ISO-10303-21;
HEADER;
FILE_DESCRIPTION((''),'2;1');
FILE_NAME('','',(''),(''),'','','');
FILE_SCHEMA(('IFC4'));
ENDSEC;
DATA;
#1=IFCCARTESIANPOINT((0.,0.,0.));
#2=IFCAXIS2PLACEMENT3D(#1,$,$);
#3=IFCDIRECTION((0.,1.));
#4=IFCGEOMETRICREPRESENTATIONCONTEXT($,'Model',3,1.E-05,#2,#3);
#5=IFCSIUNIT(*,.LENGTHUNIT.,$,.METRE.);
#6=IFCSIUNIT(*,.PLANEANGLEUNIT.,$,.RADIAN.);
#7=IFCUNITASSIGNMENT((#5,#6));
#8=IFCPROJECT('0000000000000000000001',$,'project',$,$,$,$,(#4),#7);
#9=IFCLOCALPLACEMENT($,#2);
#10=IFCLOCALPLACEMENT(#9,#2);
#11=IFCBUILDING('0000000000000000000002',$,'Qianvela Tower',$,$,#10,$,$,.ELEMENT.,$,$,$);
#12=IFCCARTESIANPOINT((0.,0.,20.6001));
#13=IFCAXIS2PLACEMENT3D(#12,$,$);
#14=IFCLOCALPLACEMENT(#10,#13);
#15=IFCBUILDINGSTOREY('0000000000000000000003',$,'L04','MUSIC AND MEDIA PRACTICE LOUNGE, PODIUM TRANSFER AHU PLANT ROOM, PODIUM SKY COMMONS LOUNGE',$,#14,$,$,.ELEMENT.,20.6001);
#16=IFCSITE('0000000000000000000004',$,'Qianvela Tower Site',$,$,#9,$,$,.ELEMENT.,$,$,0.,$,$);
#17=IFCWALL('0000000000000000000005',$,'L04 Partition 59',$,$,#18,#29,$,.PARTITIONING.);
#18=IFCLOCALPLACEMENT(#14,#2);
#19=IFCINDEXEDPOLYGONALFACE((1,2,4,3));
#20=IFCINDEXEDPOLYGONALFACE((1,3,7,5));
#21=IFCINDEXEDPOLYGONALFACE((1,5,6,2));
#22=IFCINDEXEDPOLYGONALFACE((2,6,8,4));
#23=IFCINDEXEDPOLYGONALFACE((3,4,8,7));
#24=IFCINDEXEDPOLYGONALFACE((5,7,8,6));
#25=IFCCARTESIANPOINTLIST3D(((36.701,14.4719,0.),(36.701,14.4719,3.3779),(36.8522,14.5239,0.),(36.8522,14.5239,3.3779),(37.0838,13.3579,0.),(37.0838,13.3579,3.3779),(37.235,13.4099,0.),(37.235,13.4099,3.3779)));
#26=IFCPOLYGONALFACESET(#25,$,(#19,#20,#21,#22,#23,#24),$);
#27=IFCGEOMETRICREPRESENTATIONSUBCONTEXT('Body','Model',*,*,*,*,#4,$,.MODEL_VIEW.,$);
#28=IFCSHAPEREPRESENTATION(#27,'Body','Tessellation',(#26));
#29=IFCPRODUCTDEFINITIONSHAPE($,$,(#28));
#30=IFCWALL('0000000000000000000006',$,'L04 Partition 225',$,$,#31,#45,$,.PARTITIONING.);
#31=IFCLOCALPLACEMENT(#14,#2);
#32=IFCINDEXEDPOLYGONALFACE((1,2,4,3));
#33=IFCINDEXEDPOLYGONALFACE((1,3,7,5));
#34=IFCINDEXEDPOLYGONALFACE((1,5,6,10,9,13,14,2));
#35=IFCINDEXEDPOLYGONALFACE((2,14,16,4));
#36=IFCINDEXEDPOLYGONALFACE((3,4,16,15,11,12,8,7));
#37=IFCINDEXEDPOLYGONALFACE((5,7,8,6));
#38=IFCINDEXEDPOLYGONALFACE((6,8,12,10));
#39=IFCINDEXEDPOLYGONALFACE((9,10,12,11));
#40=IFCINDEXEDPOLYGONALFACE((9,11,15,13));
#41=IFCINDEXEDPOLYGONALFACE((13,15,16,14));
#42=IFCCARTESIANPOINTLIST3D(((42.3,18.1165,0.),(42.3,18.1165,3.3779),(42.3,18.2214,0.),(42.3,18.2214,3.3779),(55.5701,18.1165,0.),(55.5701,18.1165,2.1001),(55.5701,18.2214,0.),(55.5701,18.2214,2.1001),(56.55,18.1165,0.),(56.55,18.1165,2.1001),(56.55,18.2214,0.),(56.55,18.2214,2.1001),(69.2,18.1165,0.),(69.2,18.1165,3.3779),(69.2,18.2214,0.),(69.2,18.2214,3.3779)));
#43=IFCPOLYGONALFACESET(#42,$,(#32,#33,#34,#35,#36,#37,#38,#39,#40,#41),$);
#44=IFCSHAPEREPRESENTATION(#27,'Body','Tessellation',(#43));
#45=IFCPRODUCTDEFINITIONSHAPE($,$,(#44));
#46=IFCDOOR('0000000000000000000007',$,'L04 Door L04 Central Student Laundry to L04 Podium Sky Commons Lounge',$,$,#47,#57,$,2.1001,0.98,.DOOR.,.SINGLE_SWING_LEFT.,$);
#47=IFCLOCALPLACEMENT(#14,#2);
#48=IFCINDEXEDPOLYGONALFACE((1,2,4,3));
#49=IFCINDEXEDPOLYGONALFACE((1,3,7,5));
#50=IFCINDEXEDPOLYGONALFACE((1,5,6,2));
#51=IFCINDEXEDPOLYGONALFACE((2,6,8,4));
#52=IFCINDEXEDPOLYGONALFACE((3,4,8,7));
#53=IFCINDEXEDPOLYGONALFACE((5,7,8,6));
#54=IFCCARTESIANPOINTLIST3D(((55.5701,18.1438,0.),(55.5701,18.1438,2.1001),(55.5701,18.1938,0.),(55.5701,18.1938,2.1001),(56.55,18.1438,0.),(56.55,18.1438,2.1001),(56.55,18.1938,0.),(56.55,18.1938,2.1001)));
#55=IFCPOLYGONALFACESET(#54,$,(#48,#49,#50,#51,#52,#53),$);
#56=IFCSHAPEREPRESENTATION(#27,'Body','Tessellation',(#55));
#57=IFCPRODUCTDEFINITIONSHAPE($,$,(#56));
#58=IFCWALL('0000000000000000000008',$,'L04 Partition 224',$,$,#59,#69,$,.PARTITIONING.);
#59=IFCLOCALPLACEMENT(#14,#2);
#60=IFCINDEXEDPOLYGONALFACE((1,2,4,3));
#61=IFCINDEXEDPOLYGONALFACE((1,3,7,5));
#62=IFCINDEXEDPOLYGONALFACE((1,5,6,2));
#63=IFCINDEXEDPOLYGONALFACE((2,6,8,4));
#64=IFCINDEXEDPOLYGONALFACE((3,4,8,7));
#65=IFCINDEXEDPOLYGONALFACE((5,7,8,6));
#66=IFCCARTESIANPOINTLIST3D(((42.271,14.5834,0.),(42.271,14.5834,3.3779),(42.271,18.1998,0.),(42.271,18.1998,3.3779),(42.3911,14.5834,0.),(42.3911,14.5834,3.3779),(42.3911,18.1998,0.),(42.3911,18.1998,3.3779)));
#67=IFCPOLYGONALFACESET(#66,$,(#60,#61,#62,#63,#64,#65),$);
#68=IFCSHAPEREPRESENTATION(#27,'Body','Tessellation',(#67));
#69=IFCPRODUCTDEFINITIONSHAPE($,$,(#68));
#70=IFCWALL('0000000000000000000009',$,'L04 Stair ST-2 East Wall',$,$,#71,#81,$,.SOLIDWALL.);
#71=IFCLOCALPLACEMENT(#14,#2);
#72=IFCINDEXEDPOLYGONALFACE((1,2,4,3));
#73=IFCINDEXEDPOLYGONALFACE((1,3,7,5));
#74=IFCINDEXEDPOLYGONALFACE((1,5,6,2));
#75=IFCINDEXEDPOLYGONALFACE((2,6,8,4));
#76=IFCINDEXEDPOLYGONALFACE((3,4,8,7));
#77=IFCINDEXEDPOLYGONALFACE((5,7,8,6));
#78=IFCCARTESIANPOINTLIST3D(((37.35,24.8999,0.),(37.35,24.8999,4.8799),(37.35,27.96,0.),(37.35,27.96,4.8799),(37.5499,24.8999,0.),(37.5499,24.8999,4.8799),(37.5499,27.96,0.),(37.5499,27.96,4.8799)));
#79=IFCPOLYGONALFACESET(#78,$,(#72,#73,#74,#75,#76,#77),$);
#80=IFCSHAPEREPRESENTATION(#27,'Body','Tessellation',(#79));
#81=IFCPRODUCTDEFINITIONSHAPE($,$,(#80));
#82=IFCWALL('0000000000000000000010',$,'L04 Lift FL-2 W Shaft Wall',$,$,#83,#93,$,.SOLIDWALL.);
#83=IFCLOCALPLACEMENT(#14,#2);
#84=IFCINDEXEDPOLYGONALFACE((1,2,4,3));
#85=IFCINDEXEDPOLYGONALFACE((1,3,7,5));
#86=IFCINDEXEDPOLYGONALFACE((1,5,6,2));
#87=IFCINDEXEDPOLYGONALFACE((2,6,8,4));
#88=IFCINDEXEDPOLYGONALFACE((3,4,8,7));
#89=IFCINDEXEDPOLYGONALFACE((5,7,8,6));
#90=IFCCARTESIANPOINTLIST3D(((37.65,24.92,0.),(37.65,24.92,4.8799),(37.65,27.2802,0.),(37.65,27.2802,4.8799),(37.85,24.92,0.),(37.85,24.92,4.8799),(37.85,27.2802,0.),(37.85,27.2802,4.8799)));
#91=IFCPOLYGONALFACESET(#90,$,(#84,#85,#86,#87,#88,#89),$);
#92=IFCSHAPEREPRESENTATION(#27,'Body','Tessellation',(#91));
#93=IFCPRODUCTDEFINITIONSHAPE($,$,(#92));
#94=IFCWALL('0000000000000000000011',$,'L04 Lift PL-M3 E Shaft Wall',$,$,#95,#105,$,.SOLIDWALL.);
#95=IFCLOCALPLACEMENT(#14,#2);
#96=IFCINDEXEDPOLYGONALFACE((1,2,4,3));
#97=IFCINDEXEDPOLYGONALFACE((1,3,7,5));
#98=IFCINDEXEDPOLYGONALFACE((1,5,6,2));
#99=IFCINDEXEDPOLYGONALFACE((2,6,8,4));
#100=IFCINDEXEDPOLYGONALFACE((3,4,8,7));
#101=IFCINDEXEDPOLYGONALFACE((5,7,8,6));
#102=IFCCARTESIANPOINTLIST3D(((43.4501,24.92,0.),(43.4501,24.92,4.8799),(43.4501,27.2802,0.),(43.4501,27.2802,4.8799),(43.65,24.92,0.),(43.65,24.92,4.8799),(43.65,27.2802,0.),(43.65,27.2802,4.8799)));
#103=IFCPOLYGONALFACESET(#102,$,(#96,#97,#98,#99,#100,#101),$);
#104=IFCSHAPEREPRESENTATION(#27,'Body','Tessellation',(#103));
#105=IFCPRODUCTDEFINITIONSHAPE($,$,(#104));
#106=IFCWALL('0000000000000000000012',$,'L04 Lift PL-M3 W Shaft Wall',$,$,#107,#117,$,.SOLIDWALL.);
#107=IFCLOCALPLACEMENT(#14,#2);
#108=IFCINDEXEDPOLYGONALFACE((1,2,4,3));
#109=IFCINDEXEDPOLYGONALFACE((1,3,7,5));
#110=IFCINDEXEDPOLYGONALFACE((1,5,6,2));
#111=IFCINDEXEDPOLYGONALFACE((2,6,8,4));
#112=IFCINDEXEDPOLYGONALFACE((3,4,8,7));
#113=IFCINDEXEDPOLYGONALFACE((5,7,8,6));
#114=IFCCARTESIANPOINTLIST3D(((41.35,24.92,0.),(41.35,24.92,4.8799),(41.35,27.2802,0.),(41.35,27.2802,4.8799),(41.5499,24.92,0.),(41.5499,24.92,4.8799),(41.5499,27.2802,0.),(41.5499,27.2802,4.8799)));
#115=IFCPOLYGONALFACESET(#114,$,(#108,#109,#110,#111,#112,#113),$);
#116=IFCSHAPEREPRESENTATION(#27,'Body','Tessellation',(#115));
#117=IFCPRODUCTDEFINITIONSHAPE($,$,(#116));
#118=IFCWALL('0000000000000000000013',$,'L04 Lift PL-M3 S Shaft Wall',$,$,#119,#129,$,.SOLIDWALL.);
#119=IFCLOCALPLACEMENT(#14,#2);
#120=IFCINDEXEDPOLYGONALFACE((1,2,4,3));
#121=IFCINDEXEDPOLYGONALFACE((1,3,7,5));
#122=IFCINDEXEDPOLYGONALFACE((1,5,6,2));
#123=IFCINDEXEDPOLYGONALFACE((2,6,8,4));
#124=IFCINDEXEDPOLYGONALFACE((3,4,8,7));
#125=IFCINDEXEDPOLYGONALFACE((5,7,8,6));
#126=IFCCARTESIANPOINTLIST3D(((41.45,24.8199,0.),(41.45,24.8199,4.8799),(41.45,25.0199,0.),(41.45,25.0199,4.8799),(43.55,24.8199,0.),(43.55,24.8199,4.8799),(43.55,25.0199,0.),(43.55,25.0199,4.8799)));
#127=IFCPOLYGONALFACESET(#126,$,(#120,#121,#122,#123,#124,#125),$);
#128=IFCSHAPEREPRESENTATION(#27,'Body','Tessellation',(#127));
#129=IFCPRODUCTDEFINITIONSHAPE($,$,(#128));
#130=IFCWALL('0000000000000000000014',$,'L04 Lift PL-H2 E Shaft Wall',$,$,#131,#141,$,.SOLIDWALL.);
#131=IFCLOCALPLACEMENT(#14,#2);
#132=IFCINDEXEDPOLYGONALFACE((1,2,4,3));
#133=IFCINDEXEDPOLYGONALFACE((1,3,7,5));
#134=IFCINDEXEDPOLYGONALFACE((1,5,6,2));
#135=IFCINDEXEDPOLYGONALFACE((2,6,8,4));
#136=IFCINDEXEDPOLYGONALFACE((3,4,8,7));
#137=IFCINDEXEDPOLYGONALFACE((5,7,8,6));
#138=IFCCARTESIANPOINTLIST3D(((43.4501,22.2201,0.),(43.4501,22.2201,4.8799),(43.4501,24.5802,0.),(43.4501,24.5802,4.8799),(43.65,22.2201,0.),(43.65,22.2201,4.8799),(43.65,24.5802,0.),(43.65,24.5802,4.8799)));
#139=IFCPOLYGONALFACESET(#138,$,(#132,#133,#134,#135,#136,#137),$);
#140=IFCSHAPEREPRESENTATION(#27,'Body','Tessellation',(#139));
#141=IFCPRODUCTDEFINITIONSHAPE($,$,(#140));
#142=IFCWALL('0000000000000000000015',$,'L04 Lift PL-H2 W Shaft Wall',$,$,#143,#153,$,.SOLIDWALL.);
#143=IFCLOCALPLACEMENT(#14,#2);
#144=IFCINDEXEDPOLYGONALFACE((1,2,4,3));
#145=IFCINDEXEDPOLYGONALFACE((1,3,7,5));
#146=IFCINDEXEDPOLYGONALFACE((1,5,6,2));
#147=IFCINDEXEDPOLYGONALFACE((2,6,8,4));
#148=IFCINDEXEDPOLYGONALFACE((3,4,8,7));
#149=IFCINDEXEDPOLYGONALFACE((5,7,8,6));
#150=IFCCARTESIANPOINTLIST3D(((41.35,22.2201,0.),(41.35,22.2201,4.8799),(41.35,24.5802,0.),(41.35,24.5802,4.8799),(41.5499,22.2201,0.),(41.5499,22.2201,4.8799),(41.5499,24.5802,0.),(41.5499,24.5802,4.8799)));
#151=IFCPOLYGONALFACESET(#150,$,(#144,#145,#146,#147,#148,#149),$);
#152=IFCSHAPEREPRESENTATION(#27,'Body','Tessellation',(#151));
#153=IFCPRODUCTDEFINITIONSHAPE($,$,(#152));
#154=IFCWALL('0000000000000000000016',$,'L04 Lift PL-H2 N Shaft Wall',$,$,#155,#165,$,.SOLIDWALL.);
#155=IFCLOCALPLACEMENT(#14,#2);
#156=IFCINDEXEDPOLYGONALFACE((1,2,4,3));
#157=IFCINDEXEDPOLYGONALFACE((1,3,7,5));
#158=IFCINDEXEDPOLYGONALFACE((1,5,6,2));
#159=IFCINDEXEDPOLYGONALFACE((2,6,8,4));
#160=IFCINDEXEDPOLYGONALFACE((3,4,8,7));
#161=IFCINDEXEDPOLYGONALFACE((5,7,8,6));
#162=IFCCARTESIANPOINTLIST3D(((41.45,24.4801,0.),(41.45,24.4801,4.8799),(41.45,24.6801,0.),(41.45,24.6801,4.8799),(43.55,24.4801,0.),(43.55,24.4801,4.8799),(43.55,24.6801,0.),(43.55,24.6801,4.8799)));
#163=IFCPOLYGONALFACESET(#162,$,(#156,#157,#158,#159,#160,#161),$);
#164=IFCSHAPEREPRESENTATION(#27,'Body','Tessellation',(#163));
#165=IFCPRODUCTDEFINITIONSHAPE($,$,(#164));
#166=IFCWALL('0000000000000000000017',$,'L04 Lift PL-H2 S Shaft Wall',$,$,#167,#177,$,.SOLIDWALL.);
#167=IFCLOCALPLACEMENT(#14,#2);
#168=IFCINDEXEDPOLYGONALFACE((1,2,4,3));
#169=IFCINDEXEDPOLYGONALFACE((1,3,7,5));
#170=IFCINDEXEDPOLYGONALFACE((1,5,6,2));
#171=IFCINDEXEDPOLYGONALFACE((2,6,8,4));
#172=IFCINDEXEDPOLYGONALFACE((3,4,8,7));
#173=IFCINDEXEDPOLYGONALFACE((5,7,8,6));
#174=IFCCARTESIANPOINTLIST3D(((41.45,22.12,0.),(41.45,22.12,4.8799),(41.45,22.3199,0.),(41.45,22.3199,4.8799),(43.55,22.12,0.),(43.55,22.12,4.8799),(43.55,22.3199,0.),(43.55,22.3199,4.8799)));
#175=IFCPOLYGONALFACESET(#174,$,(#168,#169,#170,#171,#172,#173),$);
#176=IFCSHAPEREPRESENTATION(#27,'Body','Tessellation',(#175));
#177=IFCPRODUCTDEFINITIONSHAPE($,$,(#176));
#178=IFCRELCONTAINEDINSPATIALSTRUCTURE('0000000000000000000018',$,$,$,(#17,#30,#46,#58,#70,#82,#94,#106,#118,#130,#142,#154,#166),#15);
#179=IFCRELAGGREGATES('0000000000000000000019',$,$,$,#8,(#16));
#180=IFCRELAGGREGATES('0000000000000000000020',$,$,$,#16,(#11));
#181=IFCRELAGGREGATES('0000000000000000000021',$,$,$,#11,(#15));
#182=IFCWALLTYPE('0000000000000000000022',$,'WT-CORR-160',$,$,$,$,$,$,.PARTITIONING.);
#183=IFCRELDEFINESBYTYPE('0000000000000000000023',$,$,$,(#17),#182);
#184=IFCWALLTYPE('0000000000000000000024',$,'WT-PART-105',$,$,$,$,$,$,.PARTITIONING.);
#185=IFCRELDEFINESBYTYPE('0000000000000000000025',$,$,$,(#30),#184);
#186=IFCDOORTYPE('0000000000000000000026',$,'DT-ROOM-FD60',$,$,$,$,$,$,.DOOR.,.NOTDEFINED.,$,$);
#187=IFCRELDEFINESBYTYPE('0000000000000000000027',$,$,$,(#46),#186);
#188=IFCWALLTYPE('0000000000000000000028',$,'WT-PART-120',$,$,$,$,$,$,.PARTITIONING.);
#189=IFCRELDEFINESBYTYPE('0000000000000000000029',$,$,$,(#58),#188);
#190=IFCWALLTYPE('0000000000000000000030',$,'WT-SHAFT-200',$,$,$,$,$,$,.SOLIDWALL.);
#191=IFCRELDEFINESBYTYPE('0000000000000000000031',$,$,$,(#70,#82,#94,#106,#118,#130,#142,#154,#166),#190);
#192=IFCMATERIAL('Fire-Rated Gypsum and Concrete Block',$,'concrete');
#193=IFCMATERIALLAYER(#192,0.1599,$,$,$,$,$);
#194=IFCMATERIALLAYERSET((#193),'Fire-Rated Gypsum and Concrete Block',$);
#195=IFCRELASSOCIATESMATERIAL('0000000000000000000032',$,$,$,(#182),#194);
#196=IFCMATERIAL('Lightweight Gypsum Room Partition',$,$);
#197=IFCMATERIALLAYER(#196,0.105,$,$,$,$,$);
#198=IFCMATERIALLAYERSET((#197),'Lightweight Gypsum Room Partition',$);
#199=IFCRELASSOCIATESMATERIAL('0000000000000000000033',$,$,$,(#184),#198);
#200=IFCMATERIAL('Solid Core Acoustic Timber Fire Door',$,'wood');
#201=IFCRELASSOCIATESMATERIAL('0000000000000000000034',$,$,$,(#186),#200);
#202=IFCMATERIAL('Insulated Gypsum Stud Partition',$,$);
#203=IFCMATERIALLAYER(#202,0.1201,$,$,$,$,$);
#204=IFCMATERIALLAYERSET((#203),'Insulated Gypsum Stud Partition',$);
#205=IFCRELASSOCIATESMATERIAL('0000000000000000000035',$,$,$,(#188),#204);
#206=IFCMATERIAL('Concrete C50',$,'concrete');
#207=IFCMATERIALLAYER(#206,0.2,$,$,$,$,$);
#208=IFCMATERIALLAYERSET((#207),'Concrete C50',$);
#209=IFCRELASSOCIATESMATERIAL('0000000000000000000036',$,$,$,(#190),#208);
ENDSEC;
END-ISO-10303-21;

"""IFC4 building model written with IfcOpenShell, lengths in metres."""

from ifc_helpers import new_model, si_unit, direction, frame, frame_2d, origin, place, context, subcontext, project, spatial, rectangle, extrude, material, layer, layer_set, type_object, element, fill, save


model = new_model("IFC4")

# Units and contexts
model_context = context("Model", 3, precision=1e-05, world=origin(), true_north=direction((0.0, 1.0)))
body_context = subcontext(model_context, "Body", "Model", "MODEL_VIEW")
ifc_project = project(units=[si_unit("LENGTHUNIT", "METRE"), si_unit("PLANEANGLEUNIT", "RADIAN")], contexts=[model_context])

# Site, building, storey
site_placement = place(None, origin())
site = spatial("IfcSite", under=ifc_project, at=site_placement, Name="Qianvela Tower Site", CompositionType="ELEMENT", RefElevation=0.0)
building_placement = place(site_placement, origin())
building = spatial("IfcBuilding", under=site, at=building_placement, Name="Qianvela Tower", CompositionType="ELEMENT")
storey_placement = place(building_placement, frame((0.0, 0.0, 20.6001)))
storey = spatial("IfcBuildingStorey", under=building, at=storey_placement, Name="L04", Description="MUSIC AND MEDIA PRACTICE LOUNGE, PODIUM TRANSFER AHU PLANT ROOM, PODIUM SKY COMMONS LOUNGE", CompositionType="ELEMENT", Elevation=20.6001)

# Wall
ifc_material_1 = material(Name="Fire-Rated Gypsum and Concrete Block", Category="concrete")
ifc_layer_1 = layer(ifc_material_1, 0.1599)
ifc_layer_set_1 = layer_set([ifc_layer_1], Name="Fire-Rated Gypsum and Concrete Block")
wall_type_1 = type_object("IfcWallType", Name="WT-CORR-160", PredefinedType="PARTITIONING", material=ifc_layer_set_1)
wall_1_placement = place(storey_placement, frame((36.7766, 14.4978, 0.0), z_axis=(0.0, 0.0, 1.0), x_axis=(0.324981, -0.94572, 0.0)))
element("IfcWall", 1, at=wall_1_placement, inside=storey, type_object=wall_type_1, Name="L04 Partition 59", PredefinedType="PARTITIONING", context=body_context, shape_type="SweptSolid", body=[
    extrude(rectangle(XDim=1.178, YDim=0.1599, at=frame_2d((0.5889, 0.0))), origin(), (0.0, 0.0, 1.0), 3.3779),
])

# Wall, opening, door
ifc_material_2 = material(Name="Lightweight Gypsum Room Partition")
ifc_layer_2 = layer(ifc_material_2, 0.105)
ifc_layer_set_2 = layer_set([ifc_layer_2], Name="Lightweight Gypsum Room Partition")
wall_type_2 = type_object("IfcWallType", Name="WT-PART-105", PredefinedType="PARTITIONING", material=ifc_layer_set_2)
wall_2_placement = place(storey_placement, frame((42.3, 18.1689, 0.0), z_axis=(0.0, 0.0, 1.0), x_axis=(1.0, 0.0, 0.0)))
wall_2 = element("IfcWall", 2, at=wall_2_placement, inside=storey, type_object=wall_type_2, Name="L04 Partition 225", PredefinedType="PARTITIONING", context=body_context, shape_type="SweptSolid", body=[
    extrude(rectangle(XDim=26.8999, YDim=0.105, at=frame_2d((13.45, 0.0))), origin(), (0.0, 0.0, 1.0), 3.3779),
])
opening_1_placement = place(wall_2_placement, frame((13.27, 0.0, 0.0)))
opening_1 = element("IfcOpeningElement", 3, at=opening_1_placement, cuts=wall_2, PredefinedType="OPENING", context=body_context, shape_type="SweptSolid", body=[
    extrude(rectangle(XDim=0.98, YDim=2.1001, at=frame_2d((0.49, 1.05))), frame((0.0, 0.0625, 0.0), z_axis=(0.0, -1.0, 0.0), x_axis=(1.0, 0.0, 0.0)), (0.0, 0.0, 1.0), 0.125),
])
ifc_material_3 = material(Name="Solid Core Acoustic Timber Fire Door", Category="wood")
door_type_1 = type_object("IfcDoorType", Name="DT-ROOM-FD60", OperationType="NOTDEFINED", PredefinedType="DOOR", material=ifc_material_3)
door_1_placement = place(opening_1_placement, origin())
door_1 = element("IfcDoor", 4, at=door_1_placement, inside=storey, type_object=door_type_1, Name="L04 Door L04 Central Student Laundry to L04 Podium Sky Commons Lounge", OperationType="SINGLE_SWING_LEFT", OverallHeight=2.1001, OverallWidth=0.98, PredefinedType="DOOR", context=body_context, shape_type="SweptSolid", body=[
    extrude(rectangle(XDim=0.98, YDim=2.1001, at=frame_2d((0.49, 1.05))), frame((0.0, 0.0249, 0.0), z_axis=(0.0, -1.0, 0.0), x_axis=(1.0, 0.0, 0.0)), (0.0, 0.0, 1.0), 0.05),
])
fill(opening_1, door_1)

# Walls
ifc_material_4 = material(Name="Insulated Gypsum Stud Partition")
ifc_layer_3 = layer(ifc_material_4, 0.1201)
ifc_layer_set_3 = layer_set([ifc_layer_3], Name="Insulated Gypsum Stud Partition")
wall_type_3 = type_object("IfcWallType", Name="WT-PART-120", PredefinedType="PARTITIONING", material=ifc_layer_set_3)
wall_3_placement = place(storey_placement, frame((42.3311, 14.5835, 0.0), z_axis=(0.0, 0.0, 1.0), x_axis=(0.0, 1.0, 0.0)))
element("IfcWall", 5, at=wall_3_placement, inside=storey, type_object=wall_type_3, Name="L04 Partition 224", PredefinedType="PARTITIONING", context=body_context, shape_type="SweptSolid", body=[
    extrude(rectangle(XDim=3.6165, YDim=0.1201, at=frame_2d((1.8081, 0.0))), origin(), (0.0, 0.0, 1.0), 3.3779),
])
ifc_material_5 = material(Name="Concrete C50", Category="concrete")
ifc_layer_4 = layer(ifc_material_5, 0.2)
ifc_layer_set_4 = layer_set([ifc_layer_4], Name="Concrete C50")
wall_type_4 = type_object("IfcWallType", Name="WT-SHAFT-200", PredefinedType="SOLIDWALL", material=ifc_layer_set_4)
wall_4_placement = place(storey_placement, frame((37.45, 24.8999, 0.0), z_axis=(0.0, 0.0, 1.0), x_axis=(0.0, 1.0, 0.0)))
element("IfcWall", 6, at=wall_4_placement, inside=storey, type_object=wall_type_4, Name="L04 Stair ST-2 East Wall", PredefinedType="SOLIDWALL", context=body_context, shape_type="SweptSolid", body=[
    extrude(rectangle(XDim=3.0601, YDim=0.2, at=frame_2d((1.53, 0.0))), origin(), (0.0, 0.0, 1.0), 4.8799),
])

# Walls
for number, where, z_axis, x_axis, name in (
    (7, (37.75, 24.9199, 0.0), (0.0, 0.0, 1.0), (0.0, 1.0, 0.0), "L04 Lift FL-2 W Shaft Wall"),
    (8, (43.55, 24.9199, 0.0), (0.0, 0.0, 1.0), (0.0, 1.0, 0.0), "L04 Lift PL-M3 E Shaft Wall"),
    (9, (41.45, 24.9199, 0.0), (0.0, 0.0, 1.0), (0.0, 1.0, 0.0), "L04 Lift PL-M3 W Shaft Wall"),
):
    element("IfcWall", number, at=place(storey_placement, frame(where, z_axis=z_axis, x_axis=x_axis)), inside=storey, type_object=wall_type_4, Name=name, PredefinedType="SOLIDWALL", context=body_context, shape_type="SweptSolid", body=[
        extrude(rectangle(XDim=2.3601, YDim=0.2, at=frame_2d((1.1802, 0.0))), origin(), (0.0, 0.0, 1.0), 4.8799),
    ])
wall_5_placement = place(storey_placement, frame((41.45, 24.9199, 0.0), z_axis=(0.0, 0.0, 1.0), x_axis=(1.0, 0.0, 0.0)))
element("IfcWall", 10, at=wall_5_placement, inside=storey, type_object=wall_type_4, Name="L04 Lift PL-M3 S Shaft Wall", PredefinedType="SOLIDWALL", context=body_context, shape_type="SweptSolid", body=[
    extrude(rectangle(XDim=2.1001, YDim=0.2, at=frame_2d((1.05, 0.0))), origin(), (0.0, 0.0, 1.0), 4.8799),
])
for number, where, z_axis, x_axis, name in (
    (11, (43.55, 22.22, 0.0), (0.0, 0.0, 1.0), (0.0, 1.0, 0.0), "L04 Lift PL-H2 E Shaft Wall"),
    (12, (41.45, 22.22, 0.0), (0.0, 0.0, 1.0), (0.0, 1.0, 0.0), "L04 Lift PL-H2 W Shaft Wall"),
):
    element("IfcWall", number, at=place(storey_placement, frame(where, z_axis=z_axis, x_axis=x_axis)), inside=storey, type_object=wall_type_4, Name=name, PredefinedType="SOLIDWALL", context=body_context, shape_type="SweptSolid", body=[
        extrude(rectangle(XDim=2.3601, YDim=0.2, at=frame_2d((1.1802, 0.0))), origin(), (0.0, 0.0, 1.0), 4.8799),
    ])
for number, where, z_axis, x_axis, name in (
    (13, (41.45, 24.5801, 0.0), (0.0, 0.0, 1.0), (1.0, 0.0, 0.0), "L04 Lift PL-H2 N Shaft Wall"),
    (14, (41.45, 22.22, 0.0), (0.0, 0.0, 1.0), (1.0, 0.0, 0.0), "L04 Lift PL-H2 S Shaft Wall"),
):
    element("IfcWall", number, at=place(storey_placement, frame(where, z_axis=z_axis, x_axis=x_axis)), inside=storey, type_object=wall_type_4, Name=name, PredefinedType="SOLIDWALL", context=body_context, shape_type="SweptSolid", body=[
        extrude(rectangle(XDim=2.1001, YDim=0.2, at=frame_2d((1.05, 0.0))), origin(), (0.0, 0.0, 1.0), 4.8799),
    ])

save(model, "model.ifc")
